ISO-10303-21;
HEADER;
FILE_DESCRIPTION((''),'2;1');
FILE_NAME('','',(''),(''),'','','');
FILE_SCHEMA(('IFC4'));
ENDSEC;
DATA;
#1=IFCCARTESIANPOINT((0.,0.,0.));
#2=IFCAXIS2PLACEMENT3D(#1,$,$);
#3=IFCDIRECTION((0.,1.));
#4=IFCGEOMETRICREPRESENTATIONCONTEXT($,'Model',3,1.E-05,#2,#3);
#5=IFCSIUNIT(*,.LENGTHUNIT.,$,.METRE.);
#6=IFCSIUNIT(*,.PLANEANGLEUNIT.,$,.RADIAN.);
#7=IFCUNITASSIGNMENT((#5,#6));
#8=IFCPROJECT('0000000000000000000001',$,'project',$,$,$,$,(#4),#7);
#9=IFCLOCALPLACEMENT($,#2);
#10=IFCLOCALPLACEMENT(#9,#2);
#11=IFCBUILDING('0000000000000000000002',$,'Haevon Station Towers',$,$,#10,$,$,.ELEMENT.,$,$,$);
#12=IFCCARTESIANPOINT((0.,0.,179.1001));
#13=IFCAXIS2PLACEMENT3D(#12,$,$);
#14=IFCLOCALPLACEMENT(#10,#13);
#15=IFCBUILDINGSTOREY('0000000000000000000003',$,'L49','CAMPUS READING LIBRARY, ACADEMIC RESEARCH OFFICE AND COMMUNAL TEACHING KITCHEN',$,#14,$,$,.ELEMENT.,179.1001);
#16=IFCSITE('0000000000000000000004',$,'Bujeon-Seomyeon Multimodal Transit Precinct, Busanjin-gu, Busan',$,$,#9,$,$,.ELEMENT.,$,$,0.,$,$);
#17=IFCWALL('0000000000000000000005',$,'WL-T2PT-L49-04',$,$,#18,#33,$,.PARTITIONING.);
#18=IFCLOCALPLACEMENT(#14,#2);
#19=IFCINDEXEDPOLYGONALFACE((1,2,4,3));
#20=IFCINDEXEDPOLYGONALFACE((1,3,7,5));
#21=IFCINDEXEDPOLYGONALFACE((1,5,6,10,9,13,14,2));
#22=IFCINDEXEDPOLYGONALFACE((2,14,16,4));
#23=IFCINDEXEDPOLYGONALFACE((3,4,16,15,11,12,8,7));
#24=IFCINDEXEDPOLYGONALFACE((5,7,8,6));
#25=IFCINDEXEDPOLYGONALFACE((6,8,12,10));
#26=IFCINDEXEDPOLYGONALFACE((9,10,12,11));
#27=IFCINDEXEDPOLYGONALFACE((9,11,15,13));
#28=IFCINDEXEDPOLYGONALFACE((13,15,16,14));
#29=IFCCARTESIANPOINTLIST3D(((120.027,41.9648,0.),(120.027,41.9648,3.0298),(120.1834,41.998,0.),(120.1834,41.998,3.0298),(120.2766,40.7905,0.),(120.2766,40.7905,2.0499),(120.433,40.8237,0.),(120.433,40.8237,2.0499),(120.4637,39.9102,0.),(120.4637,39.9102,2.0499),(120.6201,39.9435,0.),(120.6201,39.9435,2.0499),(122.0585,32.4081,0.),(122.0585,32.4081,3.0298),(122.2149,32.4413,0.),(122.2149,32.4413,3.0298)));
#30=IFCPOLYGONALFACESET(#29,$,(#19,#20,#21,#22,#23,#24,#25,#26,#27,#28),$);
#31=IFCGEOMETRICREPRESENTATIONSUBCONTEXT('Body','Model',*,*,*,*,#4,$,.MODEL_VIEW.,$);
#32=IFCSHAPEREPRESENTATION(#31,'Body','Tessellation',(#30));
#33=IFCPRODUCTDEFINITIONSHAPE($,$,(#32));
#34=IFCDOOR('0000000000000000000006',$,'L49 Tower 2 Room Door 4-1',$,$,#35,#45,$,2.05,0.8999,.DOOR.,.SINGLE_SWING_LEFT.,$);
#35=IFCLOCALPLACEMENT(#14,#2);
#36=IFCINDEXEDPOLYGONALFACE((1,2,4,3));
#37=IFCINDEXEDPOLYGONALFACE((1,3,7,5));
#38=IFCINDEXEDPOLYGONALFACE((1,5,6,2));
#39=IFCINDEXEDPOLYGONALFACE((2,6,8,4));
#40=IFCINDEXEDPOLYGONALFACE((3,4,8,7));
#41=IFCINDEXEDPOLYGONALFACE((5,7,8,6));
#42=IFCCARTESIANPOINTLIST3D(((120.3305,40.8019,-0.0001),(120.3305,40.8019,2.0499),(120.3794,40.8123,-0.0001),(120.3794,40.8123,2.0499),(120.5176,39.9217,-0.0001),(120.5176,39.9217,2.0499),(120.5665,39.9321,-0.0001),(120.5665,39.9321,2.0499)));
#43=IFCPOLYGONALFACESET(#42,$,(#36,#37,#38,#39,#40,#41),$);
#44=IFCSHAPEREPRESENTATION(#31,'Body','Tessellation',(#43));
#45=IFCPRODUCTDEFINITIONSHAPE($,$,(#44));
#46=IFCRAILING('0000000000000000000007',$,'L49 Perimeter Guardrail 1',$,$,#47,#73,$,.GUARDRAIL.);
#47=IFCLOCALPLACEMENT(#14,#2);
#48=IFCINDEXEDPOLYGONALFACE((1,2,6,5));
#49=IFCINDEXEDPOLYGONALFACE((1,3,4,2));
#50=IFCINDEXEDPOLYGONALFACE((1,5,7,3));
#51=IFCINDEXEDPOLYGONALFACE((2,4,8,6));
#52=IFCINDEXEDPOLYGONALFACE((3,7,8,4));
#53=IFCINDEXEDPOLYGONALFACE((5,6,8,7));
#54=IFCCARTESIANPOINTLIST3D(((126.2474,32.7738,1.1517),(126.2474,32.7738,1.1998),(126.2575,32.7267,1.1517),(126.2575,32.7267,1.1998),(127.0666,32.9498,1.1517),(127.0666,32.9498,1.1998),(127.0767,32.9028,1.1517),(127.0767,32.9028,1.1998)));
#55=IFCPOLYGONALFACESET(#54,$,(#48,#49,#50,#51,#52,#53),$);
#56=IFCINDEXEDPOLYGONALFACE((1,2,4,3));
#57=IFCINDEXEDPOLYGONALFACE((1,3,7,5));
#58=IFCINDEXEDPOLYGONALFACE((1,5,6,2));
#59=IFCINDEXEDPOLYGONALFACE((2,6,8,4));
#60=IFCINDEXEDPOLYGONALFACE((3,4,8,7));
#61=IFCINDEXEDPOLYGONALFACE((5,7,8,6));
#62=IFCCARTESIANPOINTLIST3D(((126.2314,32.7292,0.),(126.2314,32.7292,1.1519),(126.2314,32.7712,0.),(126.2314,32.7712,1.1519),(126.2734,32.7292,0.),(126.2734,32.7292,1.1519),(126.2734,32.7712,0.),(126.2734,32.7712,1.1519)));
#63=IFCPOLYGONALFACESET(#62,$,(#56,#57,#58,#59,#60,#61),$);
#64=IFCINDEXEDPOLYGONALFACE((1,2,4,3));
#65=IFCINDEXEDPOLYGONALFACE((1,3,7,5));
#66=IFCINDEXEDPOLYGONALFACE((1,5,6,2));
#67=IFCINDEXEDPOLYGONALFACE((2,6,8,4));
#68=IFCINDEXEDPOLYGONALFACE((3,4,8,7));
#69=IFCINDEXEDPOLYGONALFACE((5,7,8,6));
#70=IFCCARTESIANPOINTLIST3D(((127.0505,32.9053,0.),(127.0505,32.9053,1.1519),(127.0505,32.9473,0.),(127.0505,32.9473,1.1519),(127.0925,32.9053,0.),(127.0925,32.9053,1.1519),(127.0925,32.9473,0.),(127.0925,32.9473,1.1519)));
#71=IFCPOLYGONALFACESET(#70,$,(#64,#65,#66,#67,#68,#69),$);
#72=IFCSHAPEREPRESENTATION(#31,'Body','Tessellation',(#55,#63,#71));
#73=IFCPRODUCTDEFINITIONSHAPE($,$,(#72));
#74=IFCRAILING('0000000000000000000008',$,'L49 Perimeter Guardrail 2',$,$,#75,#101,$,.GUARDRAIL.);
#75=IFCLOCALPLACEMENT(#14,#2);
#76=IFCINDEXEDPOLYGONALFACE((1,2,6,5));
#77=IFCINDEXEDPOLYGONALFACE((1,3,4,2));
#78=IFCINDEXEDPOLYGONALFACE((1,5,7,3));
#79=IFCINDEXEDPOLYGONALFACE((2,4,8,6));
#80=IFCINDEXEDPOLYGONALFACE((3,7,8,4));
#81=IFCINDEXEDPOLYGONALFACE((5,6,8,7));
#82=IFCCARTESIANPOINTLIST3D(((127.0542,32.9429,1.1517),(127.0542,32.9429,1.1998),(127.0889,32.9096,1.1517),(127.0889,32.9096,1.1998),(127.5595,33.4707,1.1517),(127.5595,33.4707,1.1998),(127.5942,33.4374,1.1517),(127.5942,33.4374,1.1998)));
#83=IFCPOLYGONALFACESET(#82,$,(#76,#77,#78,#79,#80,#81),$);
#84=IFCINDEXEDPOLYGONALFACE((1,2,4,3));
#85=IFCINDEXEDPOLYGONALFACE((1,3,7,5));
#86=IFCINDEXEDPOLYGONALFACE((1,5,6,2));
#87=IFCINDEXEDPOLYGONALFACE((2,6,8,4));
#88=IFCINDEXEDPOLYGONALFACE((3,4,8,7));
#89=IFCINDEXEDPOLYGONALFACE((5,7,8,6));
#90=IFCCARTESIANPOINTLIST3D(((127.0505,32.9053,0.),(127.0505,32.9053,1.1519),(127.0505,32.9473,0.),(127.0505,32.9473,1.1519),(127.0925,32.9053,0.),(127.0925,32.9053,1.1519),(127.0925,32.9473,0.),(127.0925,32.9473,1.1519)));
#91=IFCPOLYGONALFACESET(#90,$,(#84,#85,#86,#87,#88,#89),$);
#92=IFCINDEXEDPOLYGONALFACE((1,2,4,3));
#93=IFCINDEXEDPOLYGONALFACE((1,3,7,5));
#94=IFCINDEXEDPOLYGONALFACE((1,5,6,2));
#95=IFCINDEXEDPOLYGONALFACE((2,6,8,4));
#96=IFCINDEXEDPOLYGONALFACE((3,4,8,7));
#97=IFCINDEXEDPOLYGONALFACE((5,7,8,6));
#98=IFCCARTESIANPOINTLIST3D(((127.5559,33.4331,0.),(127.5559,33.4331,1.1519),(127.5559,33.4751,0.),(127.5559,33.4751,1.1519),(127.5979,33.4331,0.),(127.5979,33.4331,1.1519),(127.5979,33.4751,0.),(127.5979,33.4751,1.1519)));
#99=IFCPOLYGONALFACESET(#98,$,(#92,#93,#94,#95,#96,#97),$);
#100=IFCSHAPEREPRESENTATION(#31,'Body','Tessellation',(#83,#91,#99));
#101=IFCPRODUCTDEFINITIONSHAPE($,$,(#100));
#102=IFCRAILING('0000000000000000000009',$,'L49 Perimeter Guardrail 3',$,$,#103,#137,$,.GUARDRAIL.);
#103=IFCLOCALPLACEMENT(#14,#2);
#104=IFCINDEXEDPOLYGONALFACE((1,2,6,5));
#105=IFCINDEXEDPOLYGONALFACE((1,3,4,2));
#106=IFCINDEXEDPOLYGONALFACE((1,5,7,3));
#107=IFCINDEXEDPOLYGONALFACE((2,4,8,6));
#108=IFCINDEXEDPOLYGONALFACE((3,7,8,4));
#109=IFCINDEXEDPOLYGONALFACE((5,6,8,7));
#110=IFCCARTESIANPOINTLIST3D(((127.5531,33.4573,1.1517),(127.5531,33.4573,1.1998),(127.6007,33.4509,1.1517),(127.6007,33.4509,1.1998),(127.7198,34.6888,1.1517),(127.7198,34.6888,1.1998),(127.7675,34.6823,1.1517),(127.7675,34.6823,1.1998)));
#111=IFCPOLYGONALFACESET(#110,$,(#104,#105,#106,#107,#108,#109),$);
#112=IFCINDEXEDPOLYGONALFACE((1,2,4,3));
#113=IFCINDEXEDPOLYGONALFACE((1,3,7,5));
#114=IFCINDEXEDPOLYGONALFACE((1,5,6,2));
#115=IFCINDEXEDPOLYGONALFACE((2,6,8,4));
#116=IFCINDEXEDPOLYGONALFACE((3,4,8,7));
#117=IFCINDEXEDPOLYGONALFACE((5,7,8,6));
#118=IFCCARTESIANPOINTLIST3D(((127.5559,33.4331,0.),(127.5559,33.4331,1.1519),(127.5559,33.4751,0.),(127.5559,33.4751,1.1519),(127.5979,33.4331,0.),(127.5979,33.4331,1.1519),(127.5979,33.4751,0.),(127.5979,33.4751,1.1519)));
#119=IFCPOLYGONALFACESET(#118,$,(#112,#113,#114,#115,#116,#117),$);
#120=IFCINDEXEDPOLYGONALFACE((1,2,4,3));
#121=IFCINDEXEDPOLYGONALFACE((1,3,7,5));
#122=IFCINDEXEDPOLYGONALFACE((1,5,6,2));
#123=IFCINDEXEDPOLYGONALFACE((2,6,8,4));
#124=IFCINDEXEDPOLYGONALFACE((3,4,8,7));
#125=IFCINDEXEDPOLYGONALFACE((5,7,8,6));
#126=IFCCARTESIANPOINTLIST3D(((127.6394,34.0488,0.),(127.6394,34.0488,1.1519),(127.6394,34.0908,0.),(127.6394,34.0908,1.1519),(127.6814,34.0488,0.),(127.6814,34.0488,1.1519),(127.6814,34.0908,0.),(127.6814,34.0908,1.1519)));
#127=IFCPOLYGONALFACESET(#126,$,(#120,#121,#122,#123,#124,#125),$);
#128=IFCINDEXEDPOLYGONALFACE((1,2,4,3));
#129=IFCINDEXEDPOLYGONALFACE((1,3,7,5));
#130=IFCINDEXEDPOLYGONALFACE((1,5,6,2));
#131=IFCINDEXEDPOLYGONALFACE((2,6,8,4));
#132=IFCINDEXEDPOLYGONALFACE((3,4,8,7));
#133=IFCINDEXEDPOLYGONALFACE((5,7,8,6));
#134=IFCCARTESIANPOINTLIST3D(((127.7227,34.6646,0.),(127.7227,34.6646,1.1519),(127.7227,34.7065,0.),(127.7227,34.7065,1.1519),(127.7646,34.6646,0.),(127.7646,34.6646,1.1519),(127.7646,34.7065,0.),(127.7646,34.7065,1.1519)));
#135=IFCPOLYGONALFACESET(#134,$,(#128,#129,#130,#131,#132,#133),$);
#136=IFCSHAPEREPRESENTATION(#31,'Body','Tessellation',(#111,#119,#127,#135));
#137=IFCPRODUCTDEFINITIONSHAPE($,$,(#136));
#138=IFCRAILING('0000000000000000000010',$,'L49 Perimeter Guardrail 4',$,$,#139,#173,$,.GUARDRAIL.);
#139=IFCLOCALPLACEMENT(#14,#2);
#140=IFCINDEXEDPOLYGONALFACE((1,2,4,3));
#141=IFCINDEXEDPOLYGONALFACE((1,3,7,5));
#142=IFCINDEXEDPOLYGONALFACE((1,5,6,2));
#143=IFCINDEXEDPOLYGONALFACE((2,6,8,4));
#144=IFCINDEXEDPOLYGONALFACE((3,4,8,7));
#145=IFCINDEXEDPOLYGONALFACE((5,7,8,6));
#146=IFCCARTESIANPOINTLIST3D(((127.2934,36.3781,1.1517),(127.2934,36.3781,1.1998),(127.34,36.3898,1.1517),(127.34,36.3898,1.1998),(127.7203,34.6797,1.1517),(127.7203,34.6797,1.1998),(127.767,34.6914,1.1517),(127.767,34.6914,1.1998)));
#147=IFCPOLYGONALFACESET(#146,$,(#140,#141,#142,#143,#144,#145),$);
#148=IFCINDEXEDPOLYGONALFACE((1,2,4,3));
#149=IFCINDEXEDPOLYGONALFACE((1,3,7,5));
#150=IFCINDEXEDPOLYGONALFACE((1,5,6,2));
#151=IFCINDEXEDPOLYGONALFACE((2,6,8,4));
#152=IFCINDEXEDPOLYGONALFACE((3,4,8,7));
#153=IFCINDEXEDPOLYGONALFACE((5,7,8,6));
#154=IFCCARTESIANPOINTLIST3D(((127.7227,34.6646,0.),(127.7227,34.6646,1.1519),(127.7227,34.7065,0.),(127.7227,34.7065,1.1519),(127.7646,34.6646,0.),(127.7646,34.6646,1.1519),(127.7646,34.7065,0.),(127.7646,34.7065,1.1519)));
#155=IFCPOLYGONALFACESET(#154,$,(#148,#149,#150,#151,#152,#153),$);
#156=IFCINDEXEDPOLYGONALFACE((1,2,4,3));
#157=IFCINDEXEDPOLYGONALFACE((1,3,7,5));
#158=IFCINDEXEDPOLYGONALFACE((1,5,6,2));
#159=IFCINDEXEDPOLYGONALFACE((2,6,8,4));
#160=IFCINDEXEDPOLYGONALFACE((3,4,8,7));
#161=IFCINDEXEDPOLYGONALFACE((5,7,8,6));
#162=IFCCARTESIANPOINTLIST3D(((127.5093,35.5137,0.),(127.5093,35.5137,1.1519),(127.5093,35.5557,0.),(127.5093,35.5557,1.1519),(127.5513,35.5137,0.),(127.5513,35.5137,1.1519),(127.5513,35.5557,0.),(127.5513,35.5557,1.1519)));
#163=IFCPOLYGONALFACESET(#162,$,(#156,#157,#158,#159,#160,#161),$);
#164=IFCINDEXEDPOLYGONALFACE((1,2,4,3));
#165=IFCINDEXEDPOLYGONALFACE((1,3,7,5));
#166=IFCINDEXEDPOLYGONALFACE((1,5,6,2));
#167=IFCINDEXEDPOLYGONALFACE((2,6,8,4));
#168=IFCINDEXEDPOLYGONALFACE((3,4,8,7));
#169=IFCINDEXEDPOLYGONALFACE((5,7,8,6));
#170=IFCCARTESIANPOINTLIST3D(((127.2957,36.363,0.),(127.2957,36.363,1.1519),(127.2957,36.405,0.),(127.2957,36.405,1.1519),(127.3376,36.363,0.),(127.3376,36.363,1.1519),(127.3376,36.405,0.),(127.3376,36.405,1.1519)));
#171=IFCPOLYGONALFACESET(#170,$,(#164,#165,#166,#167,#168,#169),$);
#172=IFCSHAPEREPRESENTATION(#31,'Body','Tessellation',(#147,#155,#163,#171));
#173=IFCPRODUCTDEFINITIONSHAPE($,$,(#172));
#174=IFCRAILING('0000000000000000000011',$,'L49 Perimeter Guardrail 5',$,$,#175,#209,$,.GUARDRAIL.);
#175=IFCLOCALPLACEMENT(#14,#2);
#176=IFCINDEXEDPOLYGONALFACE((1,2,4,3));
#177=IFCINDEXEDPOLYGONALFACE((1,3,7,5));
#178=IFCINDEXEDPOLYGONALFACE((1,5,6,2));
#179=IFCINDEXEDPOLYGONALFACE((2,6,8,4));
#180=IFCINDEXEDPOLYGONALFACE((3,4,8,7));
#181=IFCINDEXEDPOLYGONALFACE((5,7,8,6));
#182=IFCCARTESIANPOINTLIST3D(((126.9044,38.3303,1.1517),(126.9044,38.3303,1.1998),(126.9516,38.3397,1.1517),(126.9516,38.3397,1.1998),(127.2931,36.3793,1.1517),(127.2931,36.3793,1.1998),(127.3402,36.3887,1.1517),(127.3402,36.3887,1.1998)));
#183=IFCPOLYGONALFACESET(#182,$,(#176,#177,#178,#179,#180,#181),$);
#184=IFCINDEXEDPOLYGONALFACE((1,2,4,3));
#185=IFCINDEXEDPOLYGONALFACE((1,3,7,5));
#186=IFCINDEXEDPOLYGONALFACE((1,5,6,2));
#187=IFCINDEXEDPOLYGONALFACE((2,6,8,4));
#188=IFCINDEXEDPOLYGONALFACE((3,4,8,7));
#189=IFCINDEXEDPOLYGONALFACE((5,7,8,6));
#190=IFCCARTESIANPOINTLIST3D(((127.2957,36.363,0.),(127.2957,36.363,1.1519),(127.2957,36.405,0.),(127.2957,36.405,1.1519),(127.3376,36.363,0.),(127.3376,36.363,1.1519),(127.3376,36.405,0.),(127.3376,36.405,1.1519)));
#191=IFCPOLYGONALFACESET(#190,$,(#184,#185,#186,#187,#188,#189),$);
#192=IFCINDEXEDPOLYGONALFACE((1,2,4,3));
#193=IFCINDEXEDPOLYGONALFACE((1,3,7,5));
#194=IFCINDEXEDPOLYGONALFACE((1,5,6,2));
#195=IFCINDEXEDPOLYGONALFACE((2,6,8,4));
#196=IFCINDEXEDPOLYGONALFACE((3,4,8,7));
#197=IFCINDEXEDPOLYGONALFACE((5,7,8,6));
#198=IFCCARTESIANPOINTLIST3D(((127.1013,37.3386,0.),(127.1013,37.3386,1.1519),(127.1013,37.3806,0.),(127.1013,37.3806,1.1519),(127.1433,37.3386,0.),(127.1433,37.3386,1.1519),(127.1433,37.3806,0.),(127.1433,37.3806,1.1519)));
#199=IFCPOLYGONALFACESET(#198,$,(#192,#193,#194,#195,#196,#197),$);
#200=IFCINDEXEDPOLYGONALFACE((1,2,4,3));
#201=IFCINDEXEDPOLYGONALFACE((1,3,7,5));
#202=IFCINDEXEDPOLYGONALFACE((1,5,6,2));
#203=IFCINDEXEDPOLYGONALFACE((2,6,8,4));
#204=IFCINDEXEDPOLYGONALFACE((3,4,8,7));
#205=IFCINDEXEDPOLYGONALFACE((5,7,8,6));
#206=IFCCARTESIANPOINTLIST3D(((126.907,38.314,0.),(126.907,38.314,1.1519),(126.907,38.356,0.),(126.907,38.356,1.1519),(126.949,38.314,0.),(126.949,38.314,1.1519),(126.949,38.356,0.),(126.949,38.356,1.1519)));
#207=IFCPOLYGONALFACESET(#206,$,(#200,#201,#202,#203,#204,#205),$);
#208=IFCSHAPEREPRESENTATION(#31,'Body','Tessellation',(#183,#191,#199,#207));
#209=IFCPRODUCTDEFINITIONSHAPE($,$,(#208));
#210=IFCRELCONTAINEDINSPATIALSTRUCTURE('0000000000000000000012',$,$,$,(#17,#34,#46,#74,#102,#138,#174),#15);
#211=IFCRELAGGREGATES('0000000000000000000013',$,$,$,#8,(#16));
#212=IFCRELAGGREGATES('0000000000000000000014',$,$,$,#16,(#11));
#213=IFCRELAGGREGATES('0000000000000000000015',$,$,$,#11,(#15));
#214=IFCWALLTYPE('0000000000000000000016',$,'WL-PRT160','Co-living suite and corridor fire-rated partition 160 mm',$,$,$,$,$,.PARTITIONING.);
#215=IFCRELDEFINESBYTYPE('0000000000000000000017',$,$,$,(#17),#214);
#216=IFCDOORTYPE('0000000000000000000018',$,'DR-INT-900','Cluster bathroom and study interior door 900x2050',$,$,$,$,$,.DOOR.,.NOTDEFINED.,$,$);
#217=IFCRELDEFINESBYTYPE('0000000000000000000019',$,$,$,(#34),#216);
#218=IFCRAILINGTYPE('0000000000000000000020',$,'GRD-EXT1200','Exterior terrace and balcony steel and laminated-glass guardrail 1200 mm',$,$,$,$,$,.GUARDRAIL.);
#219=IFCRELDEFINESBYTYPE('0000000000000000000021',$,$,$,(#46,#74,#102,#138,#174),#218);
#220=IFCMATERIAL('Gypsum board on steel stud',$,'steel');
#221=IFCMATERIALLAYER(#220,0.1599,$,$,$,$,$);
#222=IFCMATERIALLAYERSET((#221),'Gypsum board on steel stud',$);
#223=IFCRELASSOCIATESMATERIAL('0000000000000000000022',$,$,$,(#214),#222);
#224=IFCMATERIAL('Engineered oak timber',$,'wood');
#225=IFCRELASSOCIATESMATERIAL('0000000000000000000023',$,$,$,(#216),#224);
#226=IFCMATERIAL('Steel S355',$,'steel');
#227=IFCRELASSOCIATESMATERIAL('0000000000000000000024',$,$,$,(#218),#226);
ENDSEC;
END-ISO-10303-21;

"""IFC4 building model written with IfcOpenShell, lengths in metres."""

from ifc_helpers import new_model, si_unit, direction, frame, frame_2d, origin, origin_2d, place, context, subcontext, project, spatial, rectangle, extrude, material, layer, layer_set, type_object, element, fill, save


model = new_model("IFC4")

# Units and contexts
model_context = context("Model", 3, precision=1e-05, world=origin(), true_north=direction((0.0, 1.0)))
body_context = subcontext(model_context, "Body", "Model", "MODEL_VIEW")
ifc_project = project(units=[si_unit("LENGTHUNIT", "METRE"), si_unit("PLANEANGLEUNIT", "RADIAN")], contexts=[model_context])

# Site, building, storey
site_placement = place(None, origin())
site = spatial("IfcSite", under=ifc_project, at=site_placement, Name="Bujeon-Seomyeon Multimodal Transit Precinct, Busanjin-gu, Busan", CompositionType="ELEMENT", RefElevation=0.0)
building_placement = place(site_placement, origin())
building = spatial("IfcBuilding", under=site, at=building_placement, Name="Haevon Station Towers", CompositionType="ELEMENT")
storey_placement = place(building_placement, frame((0.0, 0.0, 179.1001)))
storey = spatial("IfcBuildingStorey", under=building, at=storey_placement, Name="L49", Description="CAMPUS READING LIBRARY, ACADEMIC RESEARCH OFFICE AND COMMUNAL TEACHING KITCHEN", CompositionType="ELEMENT", Elevation=179.1001)

# Shared definitions
ifc_material_1 = material(Name="Steel S355", Category="steel")

# Shared definitions
ifc_material_2 = material(Name="Gypsum board on steel stud", Category="steel")

# Wall, opening, door
ifc_layer_1 = layer(ifc_material_2, 0.1599)
ifc_layer_set_1 = layer_set([ifc_layer_1], Name="Gypsum board on steel stud")
wall_type_1 = type_object("IfcWallType", Name="WL-PRT160", Description="Co-living suite and corridor fire-rated partition 160 mm", PredefinedType="PARTITIONING", material=ifc_layer_set_1)
wall_1_placement = place(storey_placement, frame((122.1367, 32.4246, 0.0), z_axis=(0.0, 0.0, 1.0), x_axis=(-0.207928, 0.978144, 0.0)))
wall_1 = element("IfcWall", 1, at=wall_1_placement, inside=storey, type_object=wall_type_1, Name="WL-T2PT-L49-04", PredefinedType="PARTITIONING", context=body_context, shape_type="SweptSolid", body=[
    extrude(rectangle(XDim=9.7703, YDim=0.1599, at=frame_2d((4.8853, 0.0))), origin(), (0.0, 0.0, 1.0), 3.0298),
])
opening_1_placement = place(wall_1_placement, frame((7.6699, 0.0, 0.0)))
opening_1 = element("IfcOpeningElement", 2, at=opening_1_placement, cuts=wall_1, PredefinedType="OPENING", context=body_context, shape_type="SweptSolid", body=[
    extrude(rectangle(XDim=0.8999, YDim=2.05, at=frame_2d((0.45, 1.0249))), frame((0.0, 0.0898, 0.0), z_axis=(0.0, -1.0, 0.0), x_axis=(1.0, 0.0, 0.0)), (0.0, 0.0, 1.0), 0.1799),
])
ifc_material_3 = material(Name="Engineered oak timber", Category="wood")
door_type = type_object("IfcDoorType", Name="DR-INT-900", Description="Cluster bathroom and study interior door 900x2050", OperationType="NOTDEFINED", PredefinedType="DOOR", material=ifc_material_3)
door_placement = place(opening_1_placement, origin())
door = element("IfcDoor", 3, at=door_placement, inside=storey, type_object=door_type, Name="L49 Tower 2 Room Door 4-1", OperationType="SINGLE_SWING_LEFT", OverallHeight=2.05, OverallWidth=0.8999, PredefinedType="DOOR", context=body_context, shape_type="SweptSolid", body=[
    extrude(rectangle(XDim=0.8999, YDim=2.05, at=frame_2d((0.45, 1.0249))), frame((0.0, 0.0249, 0.0), z_axis=(0.0, -1.0, 0.0), x_axis=(1.0, 0.0, 0.0)), (0.0, 0.0, 1.0), 0.05),
])
fill(opening_1, door)

# Railings
railing_type = type_object("IfcRailingType", Name="GRD-EXT1200", Description="Exterior terrace and balcony steel and laminated-glass guardrail 1200 mm", PredefinedType="GUARDRAIL", material=ifc_material_1)
railing_1_placement = place(storey_placement, frame((126.2524, 32.7502, 0.0)))
element("IfcRailing", 4, at=railing_1_placement, inside=storey, type_object=railing_type, Name="L49 Perimeter Guardrail 1", PredefinedType="GUARDRAIL", context=body_context, shape_type="SweptSolid", body=[
    extrude(rectangle(XDim=0.0481, YDim=0.0481, at=origin_2d()), frame((0.0, 0.0, 1.1758), z_axis=(0.977679, 0.210106, 0.0), x_axis=(-0.210106, 0.977679, 0.0)), (0.0, 0.0, 1.0), 0.8379),
    extrude(rectangle(XDim=0.042, YDim=0.042, at=origin_2d()), origin(), (0.0, 0.0, 1.0), 1.1519),
    extrude(rectangle(XDim=0.042, YDim=0.042, at=origin_2d()), frame((0.8191, 0.176, 0.0)), (0.0, 0.0, 1.0), 1.1519),
])
railing_2_placement = place(storey_placement, frame((127.0715, 32.9263, 0.0)))
element("IfcRailing", 5, at=railing_2_placement, inside=storey, type_object=railing_type, Name="L49 Perimeter Guardrail 2", PredefinedType="GUARDRAIL", context=body_context, shape_type="SweptSolid", body=[
    extrude(rectangle(XDim=0.0481, YDim=0.0481, at=origin_2d()), frame((0.0, 0.0, 1.1758), z_axis=(0.691571, 0.722308, 0.0), x_axis=(-0.722308, 0.691571, 0.0)), (0.0, 0.0, 1.0), 0.7307),
    extrude(rectangle(XDim=0.042, YDim=0.042, at=origin_2d()), origin(), (0.0, 0.0, 1.0), 1.1519),
    extrude(rectangle(XDim=0.042, YDim=0.042, at=origin_2d()), frame((0.5054, 0.5278, 0.0)), (0.0, 0.0, 1.0), 1.1519),
])
railing_3_placement = place(storey_placement, frame((127.5769, 33.4541, 0.0)))
element("IfcRailing", 6, at=railing_3_placement, inside=storey, type_object=railing_type, Name="L49 Perimeter Guardrail 3", PredefinedType="GUARDRAIL", context=body_context, shape_type="SweptSolid", body=[
    extrude(rectangle(XDim=0.0481, YDim=0.0481, at=origin_2d()), frame((0.0, 0.0, 1.1758), z_axis=(0.134184, 0.990956, 0.0), x_axis=(-0.990956, 0.134184, 0.0)), (0.0, 0.0, 1.0), 1.2427),
    extrude(rectangle(XDim=0.042, YDim=0.042, at=origin_2d()), origin(), (0.0, 0.0, 1.0), 1.1519),
    extrude(rectangle(XDim=0.042, YDim=0.042, at=origin_2d()), frame((0.0835, 0.6157, 0.0)), (0.0, 0.0, 1.0), 1.1519),
    extrude(rectangle(XDim=0.042, YDim=0.042, at=origin_2d()), frame((0.1667, 1.2314, 0.0)), (0.0, 0.0, 1.0), 1.1519),
])
railing_4_placement = place(storey_placement, frame((127.7437, 34.6855, 0.0)))
element("IfcRailing", 7, at=railing_4_placement, inside=storey, type_object=railing_type, Name="L49 Perimeter Guardrail 4", PredefinedType="GUARDRAIL", context=body_context, shape_type="SweptSolid", body=[
    extrude(rectangle(XDim=0.0481, YDim=0.0481, at=origin_2d()), frame((0.0, 0.0, 1.1758), z_axis=(-0.243815, 0.969822, 0.0), x_axis=(-0.969822, -0.243815, 0.0)), (0.0, 0.0, 1.0), 1.7512),
    extrude(rectangle(XDim=0.042, YDim=0.042, at=origin_2d()), origin(), (0.0, 0.0, 1.0), 1.1519),
    extrude(rectangle(XDim=0.042, YDim=0.042, at=origin_2d()), frame((-0.2134, 0.8491, 0.0)), (0.0, 0.0, 1.0), 1.1519),
    extrude(rectangle(XDim=0.042, YDim=0.042, at=origin_2d()), frame((-0.427, 1.6985, 0.0)), (0.0, 0.0, 1.0), 1.1519),
])
railing_5_placement = place(storey_placement, frame((127.3167, 36.384, 0.0)))
element("IfcRailing", 8, at=railing_5_placement, inside=storey, type_object=railing_type, Name="L49 Perimeter Guardrail 5", PredefinedType="GUARDRAIL", context=body_context, shape_type="SweptSolid", body=[
    extrude(rectangle(XDim=0.0481, YDim=0.0481, at=origin_2d()), frame((0.0, 0.0, 1.1758), z_axis=(-0.195384, 0.980727, 0.0), x_axis=(-0.980727, -0.195384, 0.0)), (0.0, 0.0, 1.0), 1.9893),
    extrude(rectangle(XDim=0.042, YDim=0.042, at=origin_2d()), origin(), (0.0, 0.0, 1.0), 1.1519),
    extrude(rectangle(XDim=0.042, YDim=0.042, at=origin_2d()), frame((-0.1943, 0.9756, 0.0)), (0.0, 0.0, 1.0), 1.1519),
    extrude(rectangle(XDim=0.042, YDim=0.042, at=origin_2d()), frame((-0.3887, 1.9509, 0.0)), (0.0, 0.0, 1.0), 1.1519),
])

save(model, "model.ifc")
